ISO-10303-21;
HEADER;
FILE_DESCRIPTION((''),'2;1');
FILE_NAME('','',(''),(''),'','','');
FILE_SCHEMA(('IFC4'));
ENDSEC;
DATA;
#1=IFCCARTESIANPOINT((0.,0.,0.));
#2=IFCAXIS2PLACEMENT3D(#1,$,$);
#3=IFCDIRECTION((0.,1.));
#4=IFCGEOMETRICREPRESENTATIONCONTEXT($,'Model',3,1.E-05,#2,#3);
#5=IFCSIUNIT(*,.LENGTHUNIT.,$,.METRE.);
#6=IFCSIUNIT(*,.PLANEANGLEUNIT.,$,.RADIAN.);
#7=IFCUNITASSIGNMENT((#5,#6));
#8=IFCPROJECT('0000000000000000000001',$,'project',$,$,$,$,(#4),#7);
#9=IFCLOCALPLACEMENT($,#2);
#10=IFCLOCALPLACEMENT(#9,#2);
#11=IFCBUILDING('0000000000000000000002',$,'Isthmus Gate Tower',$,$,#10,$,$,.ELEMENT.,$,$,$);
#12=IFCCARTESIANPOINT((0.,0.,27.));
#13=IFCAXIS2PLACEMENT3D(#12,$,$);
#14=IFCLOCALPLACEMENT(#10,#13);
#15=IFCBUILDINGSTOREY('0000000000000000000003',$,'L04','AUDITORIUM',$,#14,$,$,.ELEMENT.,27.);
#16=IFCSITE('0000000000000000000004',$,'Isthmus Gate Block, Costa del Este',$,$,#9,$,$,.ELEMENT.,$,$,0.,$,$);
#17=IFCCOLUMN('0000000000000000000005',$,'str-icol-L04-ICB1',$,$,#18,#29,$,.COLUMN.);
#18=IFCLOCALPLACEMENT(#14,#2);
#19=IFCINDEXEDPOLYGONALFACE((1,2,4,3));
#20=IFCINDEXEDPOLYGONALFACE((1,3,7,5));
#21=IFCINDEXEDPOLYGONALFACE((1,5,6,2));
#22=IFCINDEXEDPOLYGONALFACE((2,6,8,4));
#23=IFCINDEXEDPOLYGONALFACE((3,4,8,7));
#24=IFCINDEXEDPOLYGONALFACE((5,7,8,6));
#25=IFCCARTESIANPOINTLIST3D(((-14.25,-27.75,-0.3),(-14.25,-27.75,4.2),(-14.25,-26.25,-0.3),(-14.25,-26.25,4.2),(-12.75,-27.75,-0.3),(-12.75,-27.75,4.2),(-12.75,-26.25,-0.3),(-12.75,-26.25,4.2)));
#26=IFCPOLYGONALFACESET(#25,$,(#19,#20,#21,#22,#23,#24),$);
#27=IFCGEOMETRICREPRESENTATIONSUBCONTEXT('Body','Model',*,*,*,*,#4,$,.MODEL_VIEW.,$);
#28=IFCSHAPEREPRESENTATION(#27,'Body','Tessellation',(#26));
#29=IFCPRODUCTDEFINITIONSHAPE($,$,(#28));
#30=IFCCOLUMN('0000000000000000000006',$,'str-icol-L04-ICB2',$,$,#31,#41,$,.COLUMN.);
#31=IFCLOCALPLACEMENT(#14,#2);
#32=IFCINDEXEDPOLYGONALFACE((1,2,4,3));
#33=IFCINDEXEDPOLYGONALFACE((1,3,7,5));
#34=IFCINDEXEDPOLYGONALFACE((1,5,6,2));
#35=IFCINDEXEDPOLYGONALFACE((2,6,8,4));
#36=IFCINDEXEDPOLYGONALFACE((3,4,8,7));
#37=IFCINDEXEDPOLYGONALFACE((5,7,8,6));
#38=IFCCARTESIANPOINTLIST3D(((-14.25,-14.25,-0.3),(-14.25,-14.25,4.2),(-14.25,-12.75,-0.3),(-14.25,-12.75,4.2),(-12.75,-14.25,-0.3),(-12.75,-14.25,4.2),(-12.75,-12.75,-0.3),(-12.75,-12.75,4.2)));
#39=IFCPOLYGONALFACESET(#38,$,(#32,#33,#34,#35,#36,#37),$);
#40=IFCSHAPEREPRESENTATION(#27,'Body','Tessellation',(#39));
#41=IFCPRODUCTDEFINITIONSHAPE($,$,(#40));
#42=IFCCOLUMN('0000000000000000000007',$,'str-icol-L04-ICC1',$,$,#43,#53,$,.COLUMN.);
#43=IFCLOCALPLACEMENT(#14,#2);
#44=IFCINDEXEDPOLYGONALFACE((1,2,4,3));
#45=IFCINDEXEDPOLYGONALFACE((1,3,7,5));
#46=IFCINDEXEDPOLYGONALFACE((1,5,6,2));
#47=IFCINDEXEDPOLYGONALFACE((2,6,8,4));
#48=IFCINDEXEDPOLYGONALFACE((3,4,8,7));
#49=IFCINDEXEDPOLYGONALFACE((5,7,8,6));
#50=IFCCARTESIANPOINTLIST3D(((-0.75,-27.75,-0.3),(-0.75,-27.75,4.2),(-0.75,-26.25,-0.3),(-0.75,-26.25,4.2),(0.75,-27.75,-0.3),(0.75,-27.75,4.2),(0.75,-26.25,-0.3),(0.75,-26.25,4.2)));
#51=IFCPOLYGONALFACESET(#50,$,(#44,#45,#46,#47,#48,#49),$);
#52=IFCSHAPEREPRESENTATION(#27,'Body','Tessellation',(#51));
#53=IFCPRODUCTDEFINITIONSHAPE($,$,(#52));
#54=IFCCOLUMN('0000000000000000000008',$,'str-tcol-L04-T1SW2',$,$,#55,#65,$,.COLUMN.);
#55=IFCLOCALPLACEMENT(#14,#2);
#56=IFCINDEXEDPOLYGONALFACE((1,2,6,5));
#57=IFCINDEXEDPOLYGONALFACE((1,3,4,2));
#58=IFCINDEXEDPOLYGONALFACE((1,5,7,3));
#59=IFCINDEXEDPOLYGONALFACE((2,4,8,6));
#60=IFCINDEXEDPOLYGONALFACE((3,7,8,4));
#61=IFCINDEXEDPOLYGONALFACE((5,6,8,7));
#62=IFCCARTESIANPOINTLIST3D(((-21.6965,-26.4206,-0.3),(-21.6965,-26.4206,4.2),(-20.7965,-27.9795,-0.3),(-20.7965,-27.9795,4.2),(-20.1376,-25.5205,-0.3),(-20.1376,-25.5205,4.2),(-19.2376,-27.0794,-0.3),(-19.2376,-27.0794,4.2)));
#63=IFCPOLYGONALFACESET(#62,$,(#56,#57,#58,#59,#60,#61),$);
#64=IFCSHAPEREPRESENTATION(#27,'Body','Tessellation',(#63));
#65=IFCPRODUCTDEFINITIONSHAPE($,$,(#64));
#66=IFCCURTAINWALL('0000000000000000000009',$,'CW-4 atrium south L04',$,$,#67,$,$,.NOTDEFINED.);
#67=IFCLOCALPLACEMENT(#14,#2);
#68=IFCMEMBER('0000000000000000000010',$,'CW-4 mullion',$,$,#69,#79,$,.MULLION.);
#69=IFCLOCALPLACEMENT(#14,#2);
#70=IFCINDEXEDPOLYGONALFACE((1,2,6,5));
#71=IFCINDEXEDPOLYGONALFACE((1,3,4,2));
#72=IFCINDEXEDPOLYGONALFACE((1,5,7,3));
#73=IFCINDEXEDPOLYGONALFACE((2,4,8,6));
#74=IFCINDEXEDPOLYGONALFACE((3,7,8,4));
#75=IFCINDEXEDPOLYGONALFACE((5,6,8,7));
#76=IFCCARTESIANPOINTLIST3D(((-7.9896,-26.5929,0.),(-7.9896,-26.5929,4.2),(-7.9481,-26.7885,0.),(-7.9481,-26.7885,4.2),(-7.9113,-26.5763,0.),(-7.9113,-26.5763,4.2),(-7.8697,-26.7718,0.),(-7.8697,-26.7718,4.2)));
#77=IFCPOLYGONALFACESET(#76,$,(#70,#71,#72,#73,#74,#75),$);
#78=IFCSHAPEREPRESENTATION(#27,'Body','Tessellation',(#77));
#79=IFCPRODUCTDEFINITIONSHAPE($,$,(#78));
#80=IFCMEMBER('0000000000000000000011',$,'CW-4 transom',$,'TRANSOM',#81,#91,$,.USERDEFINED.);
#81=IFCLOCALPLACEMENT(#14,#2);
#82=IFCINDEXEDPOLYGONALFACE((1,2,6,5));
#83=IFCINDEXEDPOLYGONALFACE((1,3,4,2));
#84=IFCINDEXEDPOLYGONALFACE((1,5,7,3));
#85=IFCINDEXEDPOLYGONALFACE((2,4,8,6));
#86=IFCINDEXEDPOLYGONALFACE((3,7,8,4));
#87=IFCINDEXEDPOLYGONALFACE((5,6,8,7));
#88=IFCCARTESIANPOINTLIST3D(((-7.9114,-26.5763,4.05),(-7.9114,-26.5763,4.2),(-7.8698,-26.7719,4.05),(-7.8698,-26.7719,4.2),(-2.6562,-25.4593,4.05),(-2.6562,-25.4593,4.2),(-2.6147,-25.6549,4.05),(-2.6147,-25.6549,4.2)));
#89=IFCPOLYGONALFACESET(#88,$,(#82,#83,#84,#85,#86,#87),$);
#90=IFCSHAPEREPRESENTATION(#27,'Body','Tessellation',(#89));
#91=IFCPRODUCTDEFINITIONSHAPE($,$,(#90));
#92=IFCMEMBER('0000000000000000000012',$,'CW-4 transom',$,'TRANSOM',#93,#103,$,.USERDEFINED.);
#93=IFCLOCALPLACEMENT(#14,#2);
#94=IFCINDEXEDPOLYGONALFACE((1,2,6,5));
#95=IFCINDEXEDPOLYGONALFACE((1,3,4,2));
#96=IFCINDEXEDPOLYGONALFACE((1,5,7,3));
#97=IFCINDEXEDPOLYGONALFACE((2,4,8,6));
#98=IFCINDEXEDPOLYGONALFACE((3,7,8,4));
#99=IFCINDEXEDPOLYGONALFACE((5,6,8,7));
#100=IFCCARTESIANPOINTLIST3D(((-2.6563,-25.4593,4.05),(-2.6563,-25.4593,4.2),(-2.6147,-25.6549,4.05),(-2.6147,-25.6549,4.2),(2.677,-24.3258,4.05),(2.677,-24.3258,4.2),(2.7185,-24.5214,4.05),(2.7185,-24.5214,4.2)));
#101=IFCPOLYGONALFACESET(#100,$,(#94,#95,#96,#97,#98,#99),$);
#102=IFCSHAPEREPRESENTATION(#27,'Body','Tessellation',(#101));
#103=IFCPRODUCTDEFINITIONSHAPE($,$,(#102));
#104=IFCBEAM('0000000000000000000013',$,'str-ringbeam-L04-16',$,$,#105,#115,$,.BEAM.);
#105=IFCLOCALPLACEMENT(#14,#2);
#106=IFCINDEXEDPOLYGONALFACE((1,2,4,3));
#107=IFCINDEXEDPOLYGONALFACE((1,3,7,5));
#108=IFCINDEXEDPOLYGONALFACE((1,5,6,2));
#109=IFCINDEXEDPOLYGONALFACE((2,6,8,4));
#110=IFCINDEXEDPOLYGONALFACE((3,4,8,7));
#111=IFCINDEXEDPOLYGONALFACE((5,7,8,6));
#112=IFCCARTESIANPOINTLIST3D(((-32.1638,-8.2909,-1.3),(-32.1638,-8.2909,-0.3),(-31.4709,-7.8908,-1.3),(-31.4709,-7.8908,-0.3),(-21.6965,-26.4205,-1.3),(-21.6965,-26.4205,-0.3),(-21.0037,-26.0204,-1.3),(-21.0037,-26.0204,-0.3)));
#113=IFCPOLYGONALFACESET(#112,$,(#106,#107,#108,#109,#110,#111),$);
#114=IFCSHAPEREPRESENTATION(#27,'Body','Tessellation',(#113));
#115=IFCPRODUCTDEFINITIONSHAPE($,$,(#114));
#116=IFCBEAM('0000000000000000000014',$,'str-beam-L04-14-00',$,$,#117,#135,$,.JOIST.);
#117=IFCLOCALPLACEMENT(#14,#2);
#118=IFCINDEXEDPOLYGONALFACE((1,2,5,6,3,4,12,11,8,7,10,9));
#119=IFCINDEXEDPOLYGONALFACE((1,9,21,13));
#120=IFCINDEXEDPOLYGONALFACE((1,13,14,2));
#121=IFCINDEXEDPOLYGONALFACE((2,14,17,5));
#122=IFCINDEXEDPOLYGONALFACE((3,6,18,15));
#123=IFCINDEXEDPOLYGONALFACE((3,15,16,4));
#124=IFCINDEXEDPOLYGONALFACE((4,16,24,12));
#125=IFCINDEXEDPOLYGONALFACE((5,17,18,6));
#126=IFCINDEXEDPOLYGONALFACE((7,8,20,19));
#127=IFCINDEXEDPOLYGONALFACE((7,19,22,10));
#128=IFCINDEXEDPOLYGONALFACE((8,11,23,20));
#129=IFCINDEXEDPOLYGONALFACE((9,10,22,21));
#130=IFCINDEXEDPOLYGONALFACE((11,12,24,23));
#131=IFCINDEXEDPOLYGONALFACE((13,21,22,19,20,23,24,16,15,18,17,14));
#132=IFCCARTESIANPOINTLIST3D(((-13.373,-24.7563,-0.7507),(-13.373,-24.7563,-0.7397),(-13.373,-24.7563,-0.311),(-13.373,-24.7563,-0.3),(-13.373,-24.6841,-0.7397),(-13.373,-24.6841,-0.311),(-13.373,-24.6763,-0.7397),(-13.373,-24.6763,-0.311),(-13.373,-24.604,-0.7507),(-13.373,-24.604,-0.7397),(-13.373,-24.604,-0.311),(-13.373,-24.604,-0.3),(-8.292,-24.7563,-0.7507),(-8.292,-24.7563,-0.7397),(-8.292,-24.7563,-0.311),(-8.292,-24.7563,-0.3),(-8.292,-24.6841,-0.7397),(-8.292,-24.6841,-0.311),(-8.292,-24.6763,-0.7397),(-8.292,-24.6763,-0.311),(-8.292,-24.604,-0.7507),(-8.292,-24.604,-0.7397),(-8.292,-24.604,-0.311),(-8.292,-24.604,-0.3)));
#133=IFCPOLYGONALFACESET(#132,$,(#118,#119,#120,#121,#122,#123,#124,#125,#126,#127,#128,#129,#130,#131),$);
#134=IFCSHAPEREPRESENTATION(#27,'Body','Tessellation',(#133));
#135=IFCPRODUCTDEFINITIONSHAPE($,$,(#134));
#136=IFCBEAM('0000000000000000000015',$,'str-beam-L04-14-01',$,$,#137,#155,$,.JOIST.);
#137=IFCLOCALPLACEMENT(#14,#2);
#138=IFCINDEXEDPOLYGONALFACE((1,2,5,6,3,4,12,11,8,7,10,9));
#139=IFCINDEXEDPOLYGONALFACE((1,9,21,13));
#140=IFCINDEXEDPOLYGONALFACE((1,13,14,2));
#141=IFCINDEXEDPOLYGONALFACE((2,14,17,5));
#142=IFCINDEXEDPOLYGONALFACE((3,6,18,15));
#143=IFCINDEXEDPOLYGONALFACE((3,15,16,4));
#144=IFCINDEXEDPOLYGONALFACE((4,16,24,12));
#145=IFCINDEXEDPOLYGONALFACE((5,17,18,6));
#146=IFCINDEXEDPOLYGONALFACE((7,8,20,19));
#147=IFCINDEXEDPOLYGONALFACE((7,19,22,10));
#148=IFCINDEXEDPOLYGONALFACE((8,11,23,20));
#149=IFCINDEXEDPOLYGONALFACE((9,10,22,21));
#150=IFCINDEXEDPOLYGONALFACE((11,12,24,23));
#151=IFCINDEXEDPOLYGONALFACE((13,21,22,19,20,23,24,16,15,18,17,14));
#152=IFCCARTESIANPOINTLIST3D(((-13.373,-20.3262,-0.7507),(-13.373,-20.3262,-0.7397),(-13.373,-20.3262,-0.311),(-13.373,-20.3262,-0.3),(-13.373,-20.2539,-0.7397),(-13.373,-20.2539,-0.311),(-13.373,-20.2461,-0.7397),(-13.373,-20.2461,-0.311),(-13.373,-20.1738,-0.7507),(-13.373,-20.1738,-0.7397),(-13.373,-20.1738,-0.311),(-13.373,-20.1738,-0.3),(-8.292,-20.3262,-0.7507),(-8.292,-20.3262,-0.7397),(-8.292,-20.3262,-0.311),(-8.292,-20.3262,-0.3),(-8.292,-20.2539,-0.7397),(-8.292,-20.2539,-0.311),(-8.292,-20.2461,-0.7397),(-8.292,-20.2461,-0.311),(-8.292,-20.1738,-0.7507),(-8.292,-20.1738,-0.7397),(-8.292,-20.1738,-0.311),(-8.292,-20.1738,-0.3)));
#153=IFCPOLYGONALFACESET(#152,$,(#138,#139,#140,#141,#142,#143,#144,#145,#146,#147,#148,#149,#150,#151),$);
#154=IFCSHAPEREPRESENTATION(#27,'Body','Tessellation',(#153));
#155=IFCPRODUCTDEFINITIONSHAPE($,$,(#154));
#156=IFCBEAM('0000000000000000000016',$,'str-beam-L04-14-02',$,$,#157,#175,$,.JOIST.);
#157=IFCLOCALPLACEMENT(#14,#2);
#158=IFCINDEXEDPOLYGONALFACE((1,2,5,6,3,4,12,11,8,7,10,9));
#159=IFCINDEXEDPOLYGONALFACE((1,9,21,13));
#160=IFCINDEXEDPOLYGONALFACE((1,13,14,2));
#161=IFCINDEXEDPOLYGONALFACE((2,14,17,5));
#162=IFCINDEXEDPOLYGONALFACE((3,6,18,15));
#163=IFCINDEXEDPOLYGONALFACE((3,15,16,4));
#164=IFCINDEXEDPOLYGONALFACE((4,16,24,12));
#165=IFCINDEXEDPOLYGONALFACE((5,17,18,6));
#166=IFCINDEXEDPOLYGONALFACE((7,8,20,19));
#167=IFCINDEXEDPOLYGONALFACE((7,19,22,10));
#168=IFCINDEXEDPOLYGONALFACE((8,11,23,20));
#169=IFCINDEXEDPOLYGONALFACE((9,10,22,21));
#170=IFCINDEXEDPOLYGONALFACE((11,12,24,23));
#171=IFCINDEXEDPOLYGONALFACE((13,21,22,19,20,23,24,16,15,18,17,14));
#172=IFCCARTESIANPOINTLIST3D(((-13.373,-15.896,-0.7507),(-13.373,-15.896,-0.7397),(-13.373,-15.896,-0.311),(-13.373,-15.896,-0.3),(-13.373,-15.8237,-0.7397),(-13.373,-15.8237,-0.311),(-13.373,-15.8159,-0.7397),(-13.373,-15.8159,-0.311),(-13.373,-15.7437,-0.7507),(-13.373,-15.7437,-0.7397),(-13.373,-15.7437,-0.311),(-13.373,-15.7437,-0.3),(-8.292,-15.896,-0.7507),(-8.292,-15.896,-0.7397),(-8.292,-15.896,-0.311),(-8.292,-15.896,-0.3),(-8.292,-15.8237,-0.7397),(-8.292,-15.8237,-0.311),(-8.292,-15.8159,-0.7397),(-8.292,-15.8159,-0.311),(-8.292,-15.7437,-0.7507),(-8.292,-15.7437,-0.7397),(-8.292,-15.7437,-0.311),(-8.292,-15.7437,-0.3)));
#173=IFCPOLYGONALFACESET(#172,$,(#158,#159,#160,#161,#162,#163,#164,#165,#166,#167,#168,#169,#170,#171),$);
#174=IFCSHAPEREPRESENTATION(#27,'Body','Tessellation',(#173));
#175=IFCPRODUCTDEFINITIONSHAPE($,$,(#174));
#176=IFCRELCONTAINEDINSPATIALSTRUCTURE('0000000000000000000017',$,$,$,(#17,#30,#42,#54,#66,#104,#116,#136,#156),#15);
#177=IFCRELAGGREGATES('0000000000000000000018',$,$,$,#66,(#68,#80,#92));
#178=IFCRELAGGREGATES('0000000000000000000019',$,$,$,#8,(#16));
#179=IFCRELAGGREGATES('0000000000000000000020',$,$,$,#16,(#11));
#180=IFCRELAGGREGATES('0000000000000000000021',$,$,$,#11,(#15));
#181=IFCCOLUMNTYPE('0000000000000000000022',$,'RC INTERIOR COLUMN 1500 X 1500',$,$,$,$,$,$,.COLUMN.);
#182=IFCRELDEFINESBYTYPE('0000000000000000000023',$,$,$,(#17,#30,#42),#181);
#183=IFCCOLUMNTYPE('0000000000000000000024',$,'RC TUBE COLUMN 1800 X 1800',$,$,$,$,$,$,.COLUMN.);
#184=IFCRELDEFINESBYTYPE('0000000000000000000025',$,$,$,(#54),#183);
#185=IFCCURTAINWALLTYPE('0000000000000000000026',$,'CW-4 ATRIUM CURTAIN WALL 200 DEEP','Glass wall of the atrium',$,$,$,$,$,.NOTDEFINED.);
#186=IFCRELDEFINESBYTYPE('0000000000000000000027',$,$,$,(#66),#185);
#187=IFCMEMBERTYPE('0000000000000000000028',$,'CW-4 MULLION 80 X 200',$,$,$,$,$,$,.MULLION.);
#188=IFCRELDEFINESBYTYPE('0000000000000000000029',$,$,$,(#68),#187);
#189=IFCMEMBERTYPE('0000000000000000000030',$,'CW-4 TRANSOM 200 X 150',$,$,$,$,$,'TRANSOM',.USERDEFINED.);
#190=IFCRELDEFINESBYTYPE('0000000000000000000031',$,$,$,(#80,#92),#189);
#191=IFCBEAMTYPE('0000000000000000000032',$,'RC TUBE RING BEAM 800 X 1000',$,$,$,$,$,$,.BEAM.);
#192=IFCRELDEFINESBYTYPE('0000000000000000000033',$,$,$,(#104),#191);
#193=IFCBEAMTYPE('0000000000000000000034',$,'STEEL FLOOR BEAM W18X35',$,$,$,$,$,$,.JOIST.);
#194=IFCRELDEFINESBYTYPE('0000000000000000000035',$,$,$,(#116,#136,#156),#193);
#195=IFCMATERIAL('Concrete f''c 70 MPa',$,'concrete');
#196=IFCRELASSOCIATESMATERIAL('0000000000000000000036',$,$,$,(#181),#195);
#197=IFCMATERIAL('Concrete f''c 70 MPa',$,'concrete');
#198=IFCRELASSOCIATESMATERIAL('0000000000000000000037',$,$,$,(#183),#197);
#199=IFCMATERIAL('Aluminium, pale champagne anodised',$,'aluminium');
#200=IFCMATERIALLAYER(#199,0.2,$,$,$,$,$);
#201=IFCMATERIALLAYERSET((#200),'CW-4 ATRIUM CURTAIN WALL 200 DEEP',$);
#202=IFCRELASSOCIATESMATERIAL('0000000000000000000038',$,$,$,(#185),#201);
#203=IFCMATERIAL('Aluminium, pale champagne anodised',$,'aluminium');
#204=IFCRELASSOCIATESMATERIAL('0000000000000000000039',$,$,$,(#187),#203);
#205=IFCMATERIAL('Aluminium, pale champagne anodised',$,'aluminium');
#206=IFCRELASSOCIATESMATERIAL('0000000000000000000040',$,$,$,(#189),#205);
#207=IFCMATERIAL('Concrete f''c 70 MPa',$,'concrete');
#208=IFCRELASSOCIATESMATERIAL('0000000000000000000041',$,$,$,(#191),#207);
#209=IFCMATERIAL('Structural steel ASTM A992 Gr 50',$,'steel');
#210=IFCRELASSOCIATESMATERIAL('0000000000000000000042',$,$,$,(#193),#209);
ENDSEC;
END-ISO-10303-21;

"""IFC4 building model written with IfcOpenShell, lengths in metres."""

from ifc_helpers import new_model, si_unit, direction, frame, origin, origin_2d, place, context, subcontext, project, spatial, rectangle, i_section, extrude, material, layer, layer_set, material_profile, profile_set, type_object, element, aggregate, save


model = new_model("IFC4")

# Units and contexts
model_context = context("Model", 3, precision=1e-05, world=origin(), true_north=direction((0.0, 1.0)))
body_context = subcontext(model_context, "Body", "Model", "MODEL_VIEW")
ifc_project = project(units=[si_unit("LENGTHUNIT", "METRE"), si_unit("PLANEANGLEUNIT", "RADIAN")], contexts=[model_context])

# Site, building, storey
site_placement = place(None, origin())
site = spatial("IfcSite", under=ifc_project, at=site_placement, Name="Isthmus Gate Block, Costa del Este", CompositionType="ELEMENT", RefElevation=0.0)
building_placement = place(site_placement, origin())
building = spatial("IfcBuilding", under=site, at=building_placement, Name="Isthmus Gate Tower", CompositionType="ELEMENT")
storey_placement = place(building_placement, frame((0.0, 0.0, 27.0)))
storey = spatial("IfcBuildingStorey", under=building, at=storey_placement, Name="L04", Description="AUDITORIUM", CompositionType="ELEMENT", Elevation=27.0)

# Columns
ifc_material_1 = material(Name="Concrete f'c 70 MPa", Category="concrete")
ifc_material_profile_1 = material_profile(ifc_material_1, rectangle(XDim=1.5, YDim=1.5, at=origin_2d()), Name="RC 1500X1500")
ifc_profile_set_1 = profile_set([ifc_material_profile_1], Name="Concrete f'c 70 MPa")
column_type_1 = type_object("IfcColumnType", Name="RC INTERIOR COLUMN 1500 X 1500", PredefinedType="COLUMN", material=ifc_profile_set_1)
for number, where, z_axis, x_axis, name in (
    (1, (-13.5, -27.0, -0.3), (0.0, 0.0, 1.0), (1.0, 0.0, 0.0), "str-icol-L04-ICB1"),
    (2, (-13.5, -13.5, -0.3), (0.0, 0.0, 1.0), (1.0, 0.0, 0.0), "str-icol-L04-ICB2"),
    (3, (0.0, -27.0, -0.3), (0.0, 0.0, 1.0), (1.0, 0.0, 0.0), "str-icol-L04-ICC1"),
):
    element("IfcColumn", number, at=place(storey_placement, frame(where, z_axis=z_axis, x_axis=x_axis)), inside=storey, type_object=column_type_1, Name=name, PredefinedType="COLUMN", context=body_context, shape_type="SweptSolid", body=[
        extrude(rectangle(XDim=1.5, YDim=1.5, at=origin_2d()), origin(), (0.0, 0.0, 1.0), 4.5),
    ])
ifc_material_2 = material(Name="Concrete f'c 70 MPa", Category="concrete")
ifc_material_profile_2 = material_profile(ifc_material_2, rectangle(XDim=1.8, YDim=1.8, at=origin_2d()), Name="RC 1800X1800")
ifc_profile_set_2 = profile_set([ifc_material_profile_2], Name="Concrete f'c 70 MPa")
column_type_2 = type_object("IfcColumnType", Name="RC TUBE COLUMN 1800 X 1800", PredefinedType="COLUMN", material=ifc_profile_set_2)
column_placement = place(storey_placement, frame((-20.467, -26.75, -0.3), z_axis=(0.0, 0.0, 1.0), x_axis=(0.5, -0.866025, 0.0)))
element("IfcColumn", 4, at=column_placement, inside=storey, type_object=column_type_2, Name="str-tcol-L04-T1SW2", PredefinedType="COLUMN", context=body_context, shape_type="SweptSolid", body=[
    extrude(rectangle(XDim=1.8, YDim=1.8, at=origin_2d()), origin(), (0.0, 0.0, 1.0), 4.5),
])

# Curtain wall, members
ifc_material_3 = material(Name="Aluminium, pale champagne anodised", Category="aluminium")
ifc_layer_1 = layer(ifc_material_3, 0.2)
ifc_layer_set_1 = layer_set([ifc_layer_1], Name="CW-4 ATRIUM CURTAIN WALL 200 DEEP")
curtain_wall_type = type_object("IfcCurtainWallType", Name="CW-4 ATRIUM CURTAIN WALL 200 DEEP", Description="Glass wall of the atrium", PredefinedType="NOTDEFINED", material=ifc_layer_set_1)
curtain_wall_placement = place(storey_placement, origin())
curtain_wall = element("IfcCurtainWall", 5, at=curtain_wall_placement, inside=storey, type_object=curtain_wall_type, Name="CW-4 atrium south L04", PredefinedType="NOTDEFINED")
ifc_material_4 = material(Name="Aluminium, pale champagne anodised", Category="aluminium")
ifc_material_profile_3 = material_profile(ifc_material_4, rectangle(XDim=0.0801, YDim=0.2, at=origin_2d()), Name="80x200")
ifc_profile_set_3 = profile_set([ifc_material_profile_3], Name="Aluminium, pale champagne anodised")
member_type_1 = type_object("IfcMemberType", Name="CW-4 MULLION 80 X 200", PredefinedType="MULLION", material=ifc_profile_set_3)
member_1_placement = place(storey_placement, frame((-7.9297, -26.6824, 0.0), z_axis=(0.0, 0.0, 1.0), x_axis=(0.978148, 0.207912, 0.0)))
member_1 = element("IfcMember", 6, at=member_1_placement, type_object=member_type_1, Name="CW-4 mullion", PredefinedType="MULLION", context=body_context, shape_type="SweptSolid", body=[
    extrude(rectangle(XDim=0.0801, YDim=0.2, at=origin_2d()), origin(), (0.0, 0.0, 1.0), 4.2),
])
ifc_material_5 = material(Name="Aluminium, pale champagne anodised", Category="aluminium")
ifc_material_profile_4 = material_profile(ifc_material_5, rectangle(XDim=0.2, YDim=0.1499, at=origin_2d()), Name="200x150")
ifc_profile_set_4 = profile_set([ifc_material_profile_4], Name="Aluminium, pale champagne anodised")
member_type_2 = type_object("IfcMemberType", Name="CW-4 TRANSOM 200 X 150", ElementType="TRANSOM", PredefinedType="USERDEFINED", material=ifc_profile_set_4)
member_2_placement = place(storey_placement, frame((-7.8906, -26.6741, 4.125), z_axis=(0.97815, 0.2079, 0.0), x_axis=(-0.2079, 0.97815, 0.0)))
member_2 = element("IfcMember", 7, at=member_2_placement, type_object=member_type_2, Name="CW-4 transom", ObjectType="TRANSOM", PredefinedType="USERDEFINED", context=body_context, shape_type="SweptSolid", body=[
    extrude(rectangle(XDim=0.2, YDim=0.1499, at=origin_2d()), origin(), (0.0, 0.0, 1.0), 5.3726),
])
member_3_placement = place(storey_placement, frame((-2.6355, -25.5571, 4.125), z_axis=(0.97815, 0.207899, 0.0), x_axis=(-0.207899, 0.97815, 0.0)))
member_3 = element("IfcMember", 8, at=member_3_placement, type_object=member_type_2, Name="CW-4 transom", ObjectType="TRANSOM", PredefinedType="USERDEFINED", context=body_context, shape_type="SweptSolid", body=[
    extrude(rectangle(XDim=0.2, YDim=0.1499, at=origin_2d()), origin(), (0.0, 0.0, 1.0), 5.4524),
])

# Beams
ifc_material_6 = material(Name="Concrete f'c 70 MPa", Category="concrete")
ifc_material_profile_5 = material_profile(ifc_material_6, rectangle(XDim=0.8, YDim=1.0, at=origin_2d()), Name="RC 800X1000")
ifc_profile_set_5 = profile_set([ifc_material_profile_5], Name="Concrete f'c 70 MPa")
beam_type_1 = type_object("IfcBeamType", Name="RC TUBE RING BEAM 800 X 1000", PredefinedType="BEAM", material=ifc_profile_set_5)
beam_1_placement = place(storey_placement, frame((-21.3501, -26.2205, -0.8), z_axis=(-0.500005, 0.866023, 0.0), x_axis=(-0.866023, -0.500005, 0.0)))
element("IfcBeam", 9, at=beam_1_placement, inside=storey, type_object=beam_type_1, Name="str-ringbeam-L04-16", PredefinedType="BEAM", context=body_context, shape_type="SweptSolid", body=[
    extrude(rectangle(XDim=0.8, YDim=1.0, at=origin_2d()), origin(), (0.0, 0.0, 1.0), 20.9343),
])
ifc_material_7 = material(Name="Structural steel ASTM A992 Gr 50", Category="steel")
ifc_material_profile_6 = material_profile(ifc_material_7, i_section(OverallWidth=0.1523, OverallDepth=0.4507, WebThickness=0.0078, FlangeThickness=0.011, at=origin_2d()), Name="W18X35")
ifc_profile_set_6 = profile_set([ifc_material_profile_6], Name="Structural steel ASTM A992 Gr 50")
beam_type_2 = type_object("IfcBeamType", Name="STEEL FLOOR BEAM W18X35", PredefinedType="JOIST", material=ifc_profile_set_6)
for number, where, z_axis, x_axis, name in (
    (10, (-13.373, -24.6802, -0.5254), (1.0, 0.0, 0.0), (0.0, 1.0, 0.0), "str-beam-L04-14-00"),
    (11, (-13.373, -20.25, -0.5254), (1.0, 0.0, 0.0), (0.0, 1.0, 0.0), "str-beam-L04-14-01"),
    (12, (-13.373, -15.8198, -0.5254), (1.0, 0.0, 0.0), (0.0, 1.0, 0.0), "str-beam-L04-14-02"),
):
    element("IfcBeam", number, at=place(storey_placement, frame(where, z_axis=z_axis, x_axis=x_axis)), inside=storey, type_object=beam_type_2, Name=name, PredefinedType="JOIST", context=body_context, shape_type="SweptSolid", body=[
        extrude(i_section(OverallWidth=0.1523, OverallDepth=0.4507, WebThickness=0.0078, FlangeThickness=0.011, at=origin_2d()), origin(), (0.0, 0.0, 1.0), 5.0811),
    ])

aggregate(curtain_wall, [member_1, member_2, member_3])

save(model, "model.ifc")
